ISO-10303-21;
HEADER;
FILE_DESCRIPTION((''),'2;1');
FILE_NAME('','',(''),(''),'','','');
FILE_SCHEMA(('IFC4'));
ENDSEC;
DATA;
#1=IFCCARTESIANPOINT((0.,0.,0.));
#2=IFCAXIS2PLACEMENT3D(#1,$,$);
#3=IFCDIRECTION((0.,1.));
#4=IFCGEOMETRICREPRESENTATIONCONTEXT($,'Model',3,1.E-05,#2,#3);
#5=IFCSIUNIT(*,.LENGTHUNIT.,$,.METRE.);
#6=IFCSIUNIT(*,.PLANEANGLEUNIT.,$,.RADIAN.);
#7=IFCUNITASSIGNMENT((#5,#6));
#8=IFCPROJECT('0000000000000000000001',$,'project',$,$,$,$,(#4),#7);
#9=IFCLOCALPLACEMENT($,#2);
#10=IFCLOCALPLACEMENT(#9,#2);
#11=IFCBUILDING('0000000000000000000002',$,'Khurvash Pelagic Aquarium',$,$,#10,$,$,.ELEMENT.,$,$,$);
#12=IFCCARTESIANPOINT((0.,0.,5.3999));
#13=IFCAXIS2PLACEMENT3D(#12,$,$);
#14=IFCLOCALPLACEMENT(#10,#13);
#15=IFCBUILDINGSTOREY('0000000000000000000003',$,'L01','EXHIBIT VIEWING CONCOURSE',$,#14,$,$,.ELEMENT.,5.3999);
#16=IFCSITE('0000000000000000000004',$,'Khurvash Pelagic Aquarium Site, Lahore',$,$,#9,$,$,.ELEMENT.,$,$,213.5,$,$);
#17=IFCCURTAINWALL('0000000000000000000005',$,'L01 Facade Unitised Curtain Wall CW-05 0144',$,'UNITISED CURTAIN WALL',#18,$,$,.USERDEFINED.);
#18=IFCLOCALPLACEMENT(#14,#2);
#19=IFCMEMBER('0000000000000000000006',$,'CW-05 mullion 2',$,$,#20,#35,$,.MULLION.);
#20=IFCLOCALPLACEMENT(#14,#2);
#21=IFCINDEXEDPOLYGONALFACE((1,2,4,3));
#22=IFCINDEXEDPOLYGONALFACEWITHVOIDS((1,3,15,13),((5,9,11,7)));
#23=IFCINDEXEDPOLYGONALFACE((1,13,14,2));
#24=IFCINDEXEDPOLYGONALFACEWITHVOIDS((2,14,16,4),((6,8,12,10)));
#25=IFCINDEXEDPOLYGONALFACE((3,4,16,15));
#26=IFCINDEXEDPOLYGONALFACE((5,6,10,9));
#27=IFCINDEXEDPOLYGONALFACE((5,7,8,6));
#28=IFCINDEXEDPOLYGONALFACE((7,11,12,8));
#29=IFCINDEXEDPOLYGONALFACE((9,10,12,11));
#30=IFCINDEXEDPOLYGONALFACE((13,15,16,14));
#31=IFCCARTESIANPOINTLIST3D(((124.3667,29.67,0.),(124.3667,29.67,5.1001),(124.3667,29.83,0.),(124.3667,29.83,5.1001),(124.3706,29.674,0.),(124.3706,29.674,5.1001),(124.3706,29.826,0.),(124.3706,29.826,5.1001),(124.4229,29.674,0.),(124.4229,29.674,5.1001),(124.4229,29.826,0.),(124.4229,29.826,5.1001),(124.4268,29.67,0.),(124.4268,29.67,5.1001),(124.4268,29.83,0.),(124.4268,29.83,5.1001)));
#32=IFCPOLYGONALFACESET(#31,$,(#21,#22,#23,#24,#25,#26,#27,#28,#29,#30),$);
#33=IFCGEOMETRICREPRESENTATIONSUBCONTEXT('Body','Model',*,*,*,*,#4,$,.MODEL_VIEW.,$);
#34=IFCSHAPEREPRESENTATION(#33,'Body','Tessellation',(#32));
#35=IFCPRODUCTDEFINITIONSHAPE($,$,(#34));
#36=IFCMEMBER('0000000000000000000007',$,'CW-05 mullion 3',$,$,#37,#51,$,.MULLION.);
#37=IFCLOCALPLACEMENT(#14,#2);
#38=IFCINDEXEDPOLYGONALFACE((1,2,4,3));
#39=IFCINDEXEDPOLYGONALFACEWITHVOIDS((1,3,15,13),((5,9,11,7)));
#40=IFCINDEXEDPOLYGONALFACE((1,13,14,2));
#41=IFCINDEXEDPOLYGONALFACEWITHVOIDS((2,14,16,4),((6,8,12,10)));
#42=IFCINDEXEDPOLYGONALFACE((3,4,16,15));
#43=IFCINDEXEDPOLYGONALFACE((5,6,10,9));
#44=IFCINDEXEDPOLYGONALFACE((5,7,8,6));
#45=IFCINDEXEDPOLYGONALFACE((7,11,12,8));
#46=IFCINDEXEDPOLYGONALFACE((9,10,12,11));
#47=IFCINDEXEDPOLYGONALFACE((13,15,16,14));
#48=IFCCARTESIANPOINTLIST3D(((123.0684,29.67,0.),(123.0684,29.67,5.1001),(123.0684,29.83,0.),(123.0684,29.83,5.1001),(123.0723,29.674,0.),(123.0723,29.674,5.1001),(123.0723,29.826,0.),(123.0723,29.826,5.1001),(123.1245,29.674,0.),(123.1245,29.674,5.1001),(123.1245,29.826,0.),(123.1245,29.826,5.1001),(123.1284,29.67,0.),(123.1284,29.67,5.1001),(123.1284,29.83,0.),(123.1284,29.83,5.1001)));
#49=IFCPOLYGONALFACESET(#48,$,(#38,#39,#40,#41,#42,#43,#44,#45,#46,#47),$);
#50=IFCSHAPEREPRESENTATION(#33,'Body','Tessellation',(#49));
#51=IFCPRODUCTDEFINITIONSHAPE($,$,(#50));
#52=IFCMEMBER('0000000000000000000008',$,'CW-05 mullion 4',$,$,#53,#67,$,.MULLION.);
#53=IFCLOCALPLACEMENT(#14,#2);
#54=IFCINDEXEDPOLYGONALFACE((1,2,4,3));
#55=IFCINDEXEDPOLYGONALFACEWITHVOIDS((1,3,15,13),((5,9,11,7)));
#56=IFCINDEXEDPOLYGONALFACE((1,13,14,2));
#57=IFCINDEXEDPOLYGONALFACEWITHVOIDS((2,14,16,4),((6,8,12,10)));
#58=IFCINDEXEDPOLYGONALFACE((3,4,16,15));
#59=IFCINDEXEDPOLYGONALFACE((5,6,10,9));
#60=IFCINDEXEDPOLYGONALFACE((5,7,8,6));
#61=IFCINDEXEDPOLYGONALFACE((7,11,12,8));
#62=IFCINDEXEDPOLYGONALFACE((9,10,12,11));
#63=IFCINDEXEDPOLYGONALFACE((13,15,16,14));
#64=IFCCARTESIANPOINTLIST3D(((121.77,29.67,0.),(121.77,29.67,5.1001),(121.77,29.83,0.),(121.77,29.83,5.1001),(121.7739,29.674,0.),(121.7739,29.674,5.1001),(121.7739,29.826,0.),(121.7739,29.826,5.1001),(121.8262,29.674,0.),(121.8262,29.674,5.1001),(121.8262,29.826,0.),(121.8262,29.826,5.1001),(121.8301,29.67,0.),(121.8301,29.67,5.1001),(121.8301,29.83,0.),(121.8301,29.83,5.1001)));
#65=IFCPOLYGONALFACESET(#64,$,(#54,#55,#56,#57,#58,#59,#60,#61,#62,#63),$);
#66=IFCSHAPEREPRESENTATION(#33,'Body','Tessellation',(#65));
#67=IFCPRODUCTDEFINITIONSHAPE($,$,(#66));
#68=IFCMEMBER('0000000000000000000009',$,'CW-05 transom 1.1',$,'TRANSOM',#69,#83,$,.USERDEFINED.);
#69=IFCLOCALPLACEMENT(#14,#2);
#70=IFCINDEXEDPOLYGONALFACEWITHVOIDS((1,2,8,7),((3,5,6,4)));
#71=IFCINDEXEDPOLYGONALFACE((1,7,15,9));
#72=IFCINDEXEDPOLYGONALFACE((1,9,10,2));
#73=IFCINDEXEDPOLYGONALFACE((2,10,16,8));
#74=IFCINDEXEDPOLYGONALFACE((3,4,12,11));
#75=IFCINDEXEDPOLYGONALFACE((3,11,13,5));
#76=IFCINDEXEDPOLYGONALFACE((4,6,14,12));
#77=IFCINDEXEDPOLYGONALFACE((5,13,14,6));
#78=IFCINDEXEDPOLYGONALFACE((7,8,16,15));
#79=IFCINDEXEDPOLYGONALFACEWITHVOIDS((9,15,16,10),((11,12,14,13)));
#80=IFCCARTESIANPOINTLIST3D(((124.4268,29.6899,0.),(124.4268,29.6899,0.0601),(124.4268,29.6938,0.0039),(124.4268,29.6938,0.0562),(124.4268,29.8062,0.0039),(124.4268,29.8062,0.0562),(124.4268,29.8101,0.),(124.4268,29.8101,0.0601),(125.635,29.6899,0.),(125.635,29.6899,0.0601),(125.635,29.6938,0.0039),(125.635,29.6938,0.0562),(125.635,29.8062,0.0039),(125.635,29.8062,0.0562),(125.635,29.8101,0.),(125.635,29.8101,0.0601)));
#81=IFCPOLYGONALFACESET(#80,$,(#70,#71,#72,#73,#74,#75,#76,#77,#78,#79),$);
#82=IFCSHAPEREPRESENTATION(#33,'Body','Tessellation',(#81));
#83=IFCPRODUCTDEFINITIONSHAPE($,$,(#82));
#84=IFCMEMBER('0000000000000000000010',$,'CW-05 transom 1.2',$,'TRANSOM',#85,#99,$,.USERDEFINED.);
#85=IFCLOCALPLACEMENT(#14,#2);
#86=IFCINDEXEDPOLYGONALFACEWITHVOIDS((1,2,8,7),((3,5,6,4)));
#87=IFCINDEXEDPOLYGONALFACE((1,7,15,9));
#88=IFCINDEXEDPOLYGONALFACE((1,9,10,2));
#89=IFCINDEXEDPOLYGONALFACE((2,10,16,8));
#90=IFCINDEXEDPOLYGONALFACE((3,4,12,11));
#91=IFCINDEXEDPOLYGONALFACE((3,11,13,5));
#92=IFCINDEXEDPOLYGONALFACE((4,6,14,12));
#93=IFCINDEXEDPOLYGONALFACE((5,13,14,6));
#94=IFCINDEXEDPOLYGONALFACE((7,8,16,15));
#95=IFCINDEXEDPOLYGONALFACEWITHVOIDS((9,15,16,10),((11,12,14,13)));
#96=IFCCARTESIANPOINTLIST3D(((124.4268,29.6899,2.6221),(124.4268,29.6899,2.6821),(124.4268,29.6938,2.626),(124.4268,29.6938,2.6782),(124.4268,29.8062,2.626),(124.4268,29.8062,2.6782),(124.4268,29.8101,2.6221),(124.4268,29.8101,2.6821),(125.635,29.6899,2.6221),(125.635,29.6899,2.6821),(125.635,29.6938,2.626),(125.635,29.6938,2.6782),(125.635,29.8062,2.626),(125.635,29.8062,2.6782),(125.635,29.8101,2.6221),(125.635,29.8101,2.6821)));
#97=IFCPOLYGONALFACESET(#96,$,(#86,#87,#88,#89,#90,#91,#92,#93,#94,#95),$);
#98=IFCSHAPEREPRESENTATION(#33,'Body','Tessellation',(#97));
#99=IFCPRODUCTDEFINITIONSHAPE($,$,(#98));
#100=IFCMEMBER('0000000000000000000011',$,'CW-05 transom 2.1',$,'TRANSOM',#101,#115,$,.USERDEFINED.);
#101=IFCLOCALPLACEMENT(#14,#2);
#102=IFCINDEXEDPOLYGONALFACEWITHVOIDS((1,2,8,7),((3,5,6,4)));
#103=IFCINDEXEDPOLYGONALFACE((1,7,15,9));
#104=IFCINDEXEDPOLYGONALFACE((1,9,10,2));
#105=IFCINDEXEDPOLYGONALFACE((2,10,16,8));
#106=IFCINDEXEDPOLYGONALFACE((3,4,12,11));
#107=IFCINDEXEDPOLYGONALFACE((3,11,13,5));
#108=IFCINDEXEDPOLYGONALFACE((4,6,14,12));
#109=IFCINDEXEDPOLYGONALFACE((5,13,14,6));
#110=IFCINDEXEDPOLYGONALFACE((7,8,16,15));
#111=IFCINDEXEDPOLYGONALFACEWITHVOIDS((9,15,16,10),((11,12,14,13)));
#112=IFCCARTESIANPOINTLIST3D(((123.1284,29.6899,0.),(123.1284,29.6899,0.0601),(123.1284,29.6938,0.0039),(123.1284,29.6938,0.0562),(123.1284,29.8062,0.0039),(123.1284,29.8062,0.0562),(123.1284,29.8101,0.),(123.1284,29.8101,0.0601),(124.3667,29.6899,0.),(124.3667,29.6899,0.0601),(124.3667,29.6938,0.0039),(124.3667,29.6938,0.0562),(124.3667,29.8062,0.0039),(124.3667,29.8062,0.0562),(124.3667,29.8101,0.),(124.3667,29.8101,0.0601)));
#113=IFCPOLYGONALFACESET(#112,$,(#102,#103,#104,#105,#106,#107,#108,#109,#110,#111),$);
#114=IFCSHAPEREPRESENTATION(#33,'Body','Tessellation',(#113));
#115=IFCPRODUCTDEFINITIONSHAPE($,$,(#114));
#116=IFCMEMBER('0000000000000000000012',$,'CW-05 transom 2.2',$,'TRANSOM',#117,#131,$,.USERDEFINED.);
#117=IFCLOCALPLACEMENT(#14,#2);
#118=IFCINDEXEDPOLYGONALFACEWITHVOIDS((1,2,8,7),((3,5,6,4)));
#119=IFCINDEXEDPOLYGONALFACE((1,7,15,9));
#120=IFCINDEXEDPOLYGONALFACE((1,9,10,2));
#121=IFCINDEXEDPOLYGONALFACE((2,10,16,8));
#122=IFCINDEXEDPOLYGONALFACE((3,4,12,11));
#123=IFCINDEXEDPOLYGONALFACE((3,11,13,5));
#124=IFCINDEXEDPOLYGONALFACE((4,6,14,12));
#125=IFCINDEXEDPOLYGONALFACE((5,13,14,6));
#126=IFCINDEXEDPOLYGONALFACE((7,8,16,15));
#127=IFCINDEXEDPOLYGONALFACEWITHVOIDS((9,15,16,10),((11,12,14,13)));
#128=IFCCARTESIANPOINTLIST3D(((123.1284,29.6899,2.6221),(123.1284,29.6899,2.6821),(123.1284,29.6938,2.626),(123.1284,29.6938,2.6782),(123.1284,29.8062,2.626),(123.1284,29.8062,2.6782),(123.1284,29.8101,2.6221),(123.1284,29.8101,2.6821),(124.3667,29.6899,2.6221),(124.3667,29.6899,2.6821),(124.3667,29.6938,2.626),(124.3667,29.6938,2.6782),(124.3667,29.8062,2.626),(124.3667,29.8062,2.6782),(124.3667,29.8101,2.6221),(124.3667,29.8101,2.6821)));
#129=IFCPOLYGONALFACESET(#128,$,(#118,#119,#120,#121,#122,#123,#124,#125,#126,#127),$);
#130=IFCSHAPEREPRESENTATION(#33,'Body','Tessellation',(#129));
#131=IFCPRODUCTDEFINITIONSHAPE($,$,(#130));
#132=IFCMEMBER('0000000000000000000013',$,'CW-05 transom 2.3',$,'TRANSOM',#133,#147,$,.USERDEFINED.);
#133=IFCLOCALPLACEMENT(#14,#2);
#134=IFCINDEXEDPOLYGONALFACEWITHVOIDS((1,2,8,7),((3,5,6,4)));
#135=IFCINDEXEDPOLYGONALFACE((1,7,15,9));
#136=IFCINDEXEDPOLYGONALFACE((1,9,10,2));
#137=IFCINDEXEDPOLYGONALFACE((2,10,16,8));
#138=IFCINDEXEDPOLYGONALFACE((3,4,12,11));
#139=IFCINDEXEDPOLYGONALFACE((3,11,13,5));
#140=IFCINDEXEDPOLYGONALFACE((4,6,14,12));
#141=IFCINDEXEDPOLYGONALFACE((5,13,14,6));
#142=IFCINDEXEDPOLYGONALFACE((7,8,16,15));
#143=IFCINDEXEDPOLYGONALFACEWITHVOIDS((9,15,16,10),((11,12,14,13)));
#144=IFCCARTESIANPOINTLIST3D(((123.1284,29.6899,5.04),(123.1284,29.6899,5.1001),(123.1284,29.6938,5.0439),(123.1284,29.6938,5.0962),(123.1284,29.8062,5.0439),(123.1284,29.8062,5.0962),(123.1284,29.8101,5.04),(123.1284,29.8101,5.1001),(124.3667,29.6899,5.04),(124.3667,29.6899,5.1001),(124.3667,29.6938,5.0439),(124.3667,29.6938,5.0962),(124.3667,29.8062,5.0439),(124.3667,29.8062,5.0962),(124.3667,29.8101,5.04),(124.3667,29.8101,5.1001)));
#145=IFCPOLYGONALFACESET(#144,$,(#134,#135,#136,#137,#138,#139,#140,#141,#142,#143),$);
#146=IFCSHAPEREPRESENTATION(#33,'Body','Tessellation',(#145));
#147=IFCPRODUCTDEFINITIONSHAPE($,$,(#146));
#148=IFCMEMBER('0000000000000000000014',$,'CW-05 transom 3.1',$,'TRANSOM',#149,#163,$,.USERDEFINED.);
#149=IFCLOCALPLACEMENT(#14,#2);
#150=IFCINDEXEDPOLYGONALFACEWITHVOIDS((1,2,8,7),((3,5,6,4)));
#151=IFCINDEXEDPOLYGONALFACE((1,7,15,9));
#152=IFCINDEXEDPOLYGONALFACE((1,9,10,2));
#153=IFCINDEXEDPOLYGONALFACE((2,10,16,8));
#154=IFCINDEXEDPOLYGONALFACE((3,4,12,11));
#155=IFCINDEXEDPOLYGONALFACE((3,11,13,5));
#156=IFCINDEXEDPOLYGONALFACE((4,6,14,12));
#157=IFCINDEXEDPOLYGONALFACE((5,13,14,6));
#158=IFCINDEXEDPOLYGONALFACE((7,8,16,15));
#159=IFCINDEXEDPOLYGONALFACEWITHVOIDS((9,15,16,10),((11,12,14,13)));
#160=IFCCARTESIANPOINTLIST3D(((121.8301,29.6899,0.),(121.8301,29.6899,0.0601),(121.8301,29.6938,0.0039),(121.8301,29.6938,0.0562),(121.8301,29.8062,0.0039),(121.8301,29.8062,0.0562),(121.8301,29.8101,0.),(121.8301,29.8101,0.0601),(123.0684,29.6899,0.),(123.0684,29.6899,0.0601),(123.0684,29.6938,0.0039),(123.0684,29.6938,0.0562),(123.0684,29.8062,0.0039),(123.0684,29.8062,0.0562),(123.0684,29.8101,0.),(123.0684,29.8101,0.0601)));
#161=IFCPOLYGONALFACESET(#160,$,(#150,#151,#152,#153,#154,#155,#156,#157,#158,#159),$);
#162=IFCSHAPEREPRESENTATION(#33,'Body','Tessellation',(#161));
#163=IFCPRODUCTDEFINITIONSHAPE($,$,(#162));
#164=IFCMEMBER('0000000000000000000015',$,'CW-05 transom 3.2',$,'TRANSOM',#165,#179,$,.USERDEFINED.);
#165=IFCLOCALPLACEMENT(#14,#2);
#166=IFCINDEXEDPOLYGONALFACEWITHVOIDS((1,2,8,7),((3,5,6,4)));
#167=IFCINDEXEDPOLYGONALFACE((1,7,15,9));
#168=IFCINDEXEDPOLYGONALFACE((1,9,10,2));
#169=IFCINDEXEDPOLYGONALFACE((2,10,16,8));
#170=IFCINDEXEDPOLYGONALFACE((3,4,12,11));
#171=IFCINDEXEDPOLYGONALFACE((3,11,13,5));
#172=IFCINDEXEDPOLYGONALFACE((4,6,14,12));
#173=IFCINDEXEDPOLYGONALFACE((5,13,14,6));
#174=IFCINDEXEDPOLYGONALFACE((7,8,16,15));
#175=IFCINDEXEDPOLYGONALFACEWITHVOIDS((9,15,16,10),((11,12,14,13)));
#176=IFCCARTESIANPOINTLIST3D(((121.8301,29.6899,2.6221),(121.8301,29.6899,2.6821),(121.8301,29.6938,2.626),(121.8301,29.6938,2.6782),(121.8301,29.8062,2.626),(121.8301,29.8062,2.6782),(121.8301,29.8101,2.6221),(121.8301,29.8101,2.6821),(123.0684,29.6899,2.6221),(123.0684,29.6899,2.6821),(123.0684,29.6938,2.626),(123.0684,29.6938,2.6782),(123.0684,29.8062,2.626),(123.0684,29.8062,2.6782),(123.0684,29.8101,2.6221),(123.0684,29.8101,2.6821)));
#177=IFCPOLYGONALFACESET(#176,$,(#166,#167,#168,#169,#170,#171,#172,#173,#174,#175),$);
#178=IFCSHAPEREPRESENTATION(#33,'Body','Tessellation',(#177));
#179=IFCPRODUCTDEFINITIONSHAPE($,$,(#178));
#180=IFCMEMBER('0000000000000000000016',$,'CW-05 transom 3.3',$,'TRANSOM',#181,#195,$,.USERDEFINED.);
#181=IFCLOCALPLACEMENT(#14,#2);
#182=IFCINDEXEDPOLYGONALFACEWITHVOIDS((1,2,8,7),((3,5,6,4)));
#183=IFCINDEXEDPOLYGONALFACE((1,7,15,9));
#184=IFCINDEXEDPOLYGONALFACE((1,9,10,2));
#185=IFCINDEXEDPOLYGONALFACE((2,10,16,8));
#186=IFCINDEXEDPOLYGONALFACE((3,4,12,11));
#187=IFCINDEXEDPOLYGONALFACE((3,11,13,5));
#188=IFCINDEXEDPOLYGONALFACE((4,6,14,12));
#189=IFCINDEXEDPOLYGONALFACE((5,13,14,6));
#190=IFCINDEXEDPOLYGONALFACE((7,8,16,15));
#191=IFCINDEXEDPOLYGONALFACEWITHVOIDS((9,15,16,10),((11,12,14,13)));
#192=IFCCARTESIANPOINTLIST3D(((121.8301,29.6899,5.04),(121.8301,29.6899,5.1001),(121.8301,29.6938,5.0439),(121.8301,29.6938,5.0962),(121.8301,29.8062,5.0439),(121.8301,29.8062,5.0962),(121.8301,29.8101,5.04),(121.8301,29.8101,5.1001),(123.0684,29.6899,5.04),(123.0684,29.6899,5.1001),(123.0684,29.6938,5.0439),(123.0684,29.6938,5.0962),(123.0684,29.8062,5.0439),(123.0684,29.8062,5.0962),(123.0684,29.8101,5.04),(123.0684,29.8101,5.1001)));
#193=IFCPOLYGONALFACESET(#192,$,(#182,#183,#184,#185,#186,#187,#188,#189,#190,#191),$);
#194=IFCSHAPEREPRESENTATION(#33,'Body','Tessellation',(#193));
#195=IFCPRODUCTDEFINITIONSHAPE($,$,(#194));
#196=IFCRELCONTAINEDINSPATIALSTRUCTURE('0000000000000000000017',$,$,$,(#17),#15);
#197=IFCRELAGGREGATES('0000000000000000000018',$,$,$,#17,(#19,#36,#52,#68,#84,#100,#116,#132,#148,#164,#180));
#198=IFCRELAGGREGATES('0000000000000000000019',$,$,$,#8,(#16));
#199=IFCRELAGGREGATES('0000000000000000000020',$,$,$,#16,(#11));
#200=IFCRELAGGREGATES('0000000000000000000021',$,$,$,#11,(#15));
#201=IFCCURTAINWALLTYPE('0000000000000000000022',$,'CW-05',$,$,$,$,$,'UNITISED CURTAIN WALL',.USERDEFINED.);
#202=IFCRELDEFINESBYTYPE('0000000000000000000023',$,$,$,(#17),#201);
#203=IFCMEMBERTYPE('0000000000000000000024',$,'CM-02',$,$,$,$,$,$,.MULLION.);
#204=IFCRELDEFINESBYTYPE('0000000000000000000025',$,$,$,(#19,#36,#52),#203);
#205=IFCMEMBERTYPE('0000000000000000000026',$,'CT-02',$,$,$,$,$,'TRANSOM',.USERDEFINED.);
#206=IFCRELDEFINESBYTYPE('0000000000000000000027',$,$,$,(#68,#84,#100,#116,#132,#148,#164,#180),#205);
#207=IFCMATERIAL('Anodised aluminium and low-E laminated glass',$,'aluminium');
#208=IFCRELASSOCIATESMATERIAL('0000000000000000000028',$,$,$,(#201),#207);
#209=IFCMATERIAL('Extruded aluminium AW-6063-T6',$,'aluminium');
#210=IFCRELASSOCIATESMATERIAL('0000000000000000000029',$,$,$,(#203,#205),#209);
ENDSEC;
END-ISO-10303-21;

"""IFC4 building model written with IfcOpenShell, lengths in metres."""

from ifc_helpers import new_model, si_unit, direction, frame, origin, origin_2d, place, context, subcontext, project, spatial, hollow_rectangle, extrude, material, material_profile, profile_set, type_object, element, aggregate, save


model = new_model("IFC4")

# Units and contexts
model_context = context("Model", 3, precision=1e-05, world=origin(), true_north=direction((0.0, 1.0)))
body_context = subcontext(model_context, "Body", "Model", "MODEL_VIEW")
ifc_project = project(units=[si_unit("LENGTHUNIT", "METRE"), si_unit("PLANEANGLEUNIT", "RADIAN")], contexts=[model_context])

# Site, building, storey
site_placement = place(None, origin())
site = spatial("IfcSite", under=ifc_project, at=site_placement, Name="Khurvash Pelagic Aquarium Site, Lahore", CompositionType="ELEMENT", RefElevation=213.5)
building_placement = place(site_placement, origin())
building = spatial("IfcBuilding", under=site, at=building_placement, Name="Khurvash Pelagic Aquarium", CompositionType="ELEMENT")
storey_placement = place(building_placement, frame((0.0, 0.0, 5.3999)))
storey = spatial("IfcBuildingStorey", under=building, at=storey_placement, Name="L01", Description="EXHIBIT VIEWING CONCOURSE", CompositionType="ELEMENT", Elevation=5.3999)

# Curtain wall, members
ifc_material_1 = material(Name="Anodised aluminium and low-E laminated glass", Category="aluminium")
curtain_wall_type = type_object("IfcCurtainWallType", Name="CW-05", ElementType="UNITISED CURTAIN WALL", PredefinedType="USERDEFINED", material=ifc_material_1)
curtain_wall_placement = place(storey_placement, origin())
curtain_wall = element("IfcCurtainWall", 1, at=curtain_wall_placement, inside=storey, type_object=curtain_wall_type, Name="L01 Facade Unitised Curtain Wall CW-05 0144", ObjectType="UNITISED CURTAIN WALL", PredefinedType="USERDEFINED")
ifc_material_2 = material(Name="Extruded aluminium AW-6063-T6", Category="aluminium")
ifc_material_profile_1 = material_profile(ifc_material_2, hollow_rectangle(XDim=0.0601, YDim=0.1599, WallThickness=0.0039, at=origin_2d()), Name="CWM60X160X4")
ifc_profile_set_1 = profile_set([ifc_material_profile_1], Name="Extruded aluminium AW-6063-T6")
member_type_1 = type_object("IfcMemberType", Name="CM-02", PredefinedType="MULLION", material=ifc_profile_set_1)
member_1_placement = place(storey_placement, frame((124.3967, 29.75, 0.0), z_axis=(0.0, 0.0, 1.0), x_axis=(-1.0, 0.0, 0.0)))
member_1 = element("IfcMember", 2, at=member_1_placement, type_object=member_type_1, Name="CW-05 mullion 2", PredefinedType="MULLION", context=body_context, shape_type="SweptSolid", body=[
    extrude(hollow_rectangle(XDim=0.0601, YDim=0.1599, WallThickness=0.0039, at=origin_2d()), origin(), (0.0, 0.0, 1.0), 5.1001),
])
member_2_placement = place(storey_placement, frame((123.0984, 29.75, 0.0), z_axis=(0.0, 0.0, 1.0), x_axis=(-1.0, 0.0, 0.0)))
member_2 = element("IfcMember", 3, at=member_2_placement, type_object=member_type_1, Name="CW-05 mullion 3", PredefinedType="MULLION", context=body_context, shape_type="SweptSolid", body=[
    extrude(hollow_rectangle(XDim=0.0601, YDim=0.1599, WallThickness=0.0039, at=origin_2d()), origin(), (0.0, 0.0, 1.0), 5.1001),
])
member_3_placement = place(storey_placement, frame((121.8, 29.75, 0.0), z_axis=(0.0, 0.0, 1.0), x_axis=(-1.0, 0.0, 0.0)))
member_3 = element("IfcMember", 4, at=member_3_placement, type_object=member_type_1, Name="CW-05 mullion 4", PredefinedType="MULLION", context=body_context, shape_type="SweptSolid", body=[
    extrude(hollow_rectangle(XDim=0.0601, YDim=0.1599, WallThickness=0.0039, at=origin_2d()), origin(), (0.0, 0.0, 1.0), 5.1001),
])
ifc_material_profile_2 = material_profile(ifc_material_2, hollow_rectangle(XDim=0.1201, YDim=0.0601, WallThickness=0.0039, at=origin_2d()), Name="CWT120X60X4")
ifc_profile_set_2 = profile_set([ifc_material_profile_2], Name="Extruded aluminium AW-6063-T6")
member_type_2 = type_object("IfcMemberType", Name="CT-02", ElementType="TRANSOM", PredefinedType="USERDEFINED", material=ifc_profile_set_2)
member_4_placement = place(storey_placement, frame((125.635, 29.75, 0.03), z_axis=(-1.0, 0.0, 0.0), x_axis=(0.0, -1.0, 0.0)))
member_4 = element("IfcMember", 5, at=member_4_placement, type_object=member_type_2, Name="CW-05 transom 1.1", ObjectType="TRANSOM", PredefinedType="USERDEFINED", context=body_context, shape_type="SweptSolid", body=[
    extrude(hollow_rectangle(XDim=0.1201, YDim=0.0601, WallThickness=0.0039, at=origin_2d()), origin(), (0.0, 0.0, 1.0), 1.2083),
])
member_5_placement = place(storey_placement, frame((125.635, 29.75, 2.6521), z_axis=(-1.0, 0.0, 0.0), x_axis=(0.0, -1.0, 0.0)))
member_5 = element("IfcMember", 6, at=member_5_placement, type_object=member_type_2, Name="CW-05 transom 1.2", ObjectType="TRANSOM", PredefinedType="USERDEFINED", context=body_context, shape_type="SweptSolid", body=[
    extrude(hollow_rectangle(XDim=0.1201, YDim=0.0601, WallThickness=0.0039, at=origin_2d()), origin(), (0.0, 0.0, 1.0), 1.2083),
])
member_6_placement = place(storey_placement, frame((124.3667, 29.75, 0.03), z_axis=(-1.0, 0.0, 0.0), x_axis=(0.0, -1.0, 0.0)))
member_6 = element("IfcMember", 7, at=member_6_placement, type_object=member_type_2, Name="CW-05 transom 2.1", ObjectType="TRANSOM", PredefinedType="USERDEFINED", context=body_context, shape_type="SweptSolid", body=[
    extrude(hollow_rectangle(XDim=0.1201, YDim=0.0601, WallThickness=0.0039, at=origin_2d()), origin(), (0.0, 0.0, 1.0), 1.2383),
])
member_7_placement = place(storey_placement, frame((124.3667, 29.75, 2.6521), z_axis=(-1.0, 0.0, 0.0), x_axis=(0.0, -1.0, 0.0)))
member_7 = element("IfcMember", 8, at=member_7_placement, type_object=member_type_2, Name="CW-05 transom 2.2", ObjectType="TRANSOM", PredefinedType="USERDEFINED", context=body_context, shape_type="SweptSolid", body=[
    extrude(hollow_rectangle(XDim=0.1201, YDim=0.0601, WallThickness=0.0039, at=origin_2d()), origin(), (0.0, 0.0, 1.0), 1.2383),
])
member_8_placement = place(storey_placement, frame((124.3667, 29.75, 5.0701), z_axis=(-1.0, 0.0, 0.0), x_axis=(0.0, -1.0, 0.0)))
member_8 = element("IfcMember", 9, at=member_8_placement, type_object=member_type_2, Name="CW-05 transom 2.3", ObjectType="TRANSOM", PredefinedType="USERDEFINED", context=body_context, shape_type="SweptSolid", body=[
    extrude(hollow_rectangle(XDim=0.1201, YDim=0.0601, WallThickness=0.0039, at=origin_2d()), origin(), (0.0, 0.0, 1.0), 1.2383),
])
member_9_placement = place(storey_placement, frame((123.0684, 29.75, 0.03), z_axis=(-1.0, 0.0, 0.0), x_axis=(0.0, -1.0, 0.0)))
member_9 = element("IfcMember", 10, at=member_9_placement, type_object=member_type_2, Name="CW-05 transom 3.1", ObjectType="TRANSOM", PredefinedType="USERDEFINED", context=body_context, shape_type="SweptSolid", body=[
    extrude(hollow_rectangle(XDim=0.1201, YDim=0.0601, WallThickness=0.0039, at=origin_2d()), origin(), (0.0, 0.0, 1.0), 1.2383),
])
member_10_placement = place(storey_placement, frame((123.0684, 29.75, 2.6521), z_axis=(-1.0, 0.0, 0.0), x_axis=(0.0, -1.0, 0.0)))
member_10 = element("IfcMember", 11, at=member_10_placement, type_object=member_type_2, Name="CW-05 transom 3.2", ObjectType="TRANSOM", PredefinedType="USERDEFINED", context=body_context, shape_type="SweptSolid", body=[
    extrude(hollow_rectangle(XDim=0.1201, YDim=0.0601, WallThickness=0.0039, at=origin_2d()), origin(), (0.0, 0.0, 1.0), 1.2383),
])
member_11_placement = place(storey_placement, frame((123.0684, 29.75, 5.0701), z_axis=(-1.0, 0.0, 0.0), x_axis=(0.0, -1.0, 0.0)))
member_11 = element("IfcMember", 12, at=member_11_placement, type_object=member_type_2, Name="CW-05 transom 3.3", ObjectType="TRANSOM", PredefinedType="USERDEFINED", context=body_context, shape_type="SweptSolid", body=[
    extrude(hollow_rectangle(XDim=0.1201, YDim=0.0601, WallThickness=0.0039, at=origin_2d()), origin(), (0.0, 0.0, 1.0), 1.2383),
])
aggregate(curtain_wall, [member_1, member_2, member_3, member_4, member_5, member_6, member_7, member_8, member_9, member_10, member_11])

save(model, "model.ifc")
